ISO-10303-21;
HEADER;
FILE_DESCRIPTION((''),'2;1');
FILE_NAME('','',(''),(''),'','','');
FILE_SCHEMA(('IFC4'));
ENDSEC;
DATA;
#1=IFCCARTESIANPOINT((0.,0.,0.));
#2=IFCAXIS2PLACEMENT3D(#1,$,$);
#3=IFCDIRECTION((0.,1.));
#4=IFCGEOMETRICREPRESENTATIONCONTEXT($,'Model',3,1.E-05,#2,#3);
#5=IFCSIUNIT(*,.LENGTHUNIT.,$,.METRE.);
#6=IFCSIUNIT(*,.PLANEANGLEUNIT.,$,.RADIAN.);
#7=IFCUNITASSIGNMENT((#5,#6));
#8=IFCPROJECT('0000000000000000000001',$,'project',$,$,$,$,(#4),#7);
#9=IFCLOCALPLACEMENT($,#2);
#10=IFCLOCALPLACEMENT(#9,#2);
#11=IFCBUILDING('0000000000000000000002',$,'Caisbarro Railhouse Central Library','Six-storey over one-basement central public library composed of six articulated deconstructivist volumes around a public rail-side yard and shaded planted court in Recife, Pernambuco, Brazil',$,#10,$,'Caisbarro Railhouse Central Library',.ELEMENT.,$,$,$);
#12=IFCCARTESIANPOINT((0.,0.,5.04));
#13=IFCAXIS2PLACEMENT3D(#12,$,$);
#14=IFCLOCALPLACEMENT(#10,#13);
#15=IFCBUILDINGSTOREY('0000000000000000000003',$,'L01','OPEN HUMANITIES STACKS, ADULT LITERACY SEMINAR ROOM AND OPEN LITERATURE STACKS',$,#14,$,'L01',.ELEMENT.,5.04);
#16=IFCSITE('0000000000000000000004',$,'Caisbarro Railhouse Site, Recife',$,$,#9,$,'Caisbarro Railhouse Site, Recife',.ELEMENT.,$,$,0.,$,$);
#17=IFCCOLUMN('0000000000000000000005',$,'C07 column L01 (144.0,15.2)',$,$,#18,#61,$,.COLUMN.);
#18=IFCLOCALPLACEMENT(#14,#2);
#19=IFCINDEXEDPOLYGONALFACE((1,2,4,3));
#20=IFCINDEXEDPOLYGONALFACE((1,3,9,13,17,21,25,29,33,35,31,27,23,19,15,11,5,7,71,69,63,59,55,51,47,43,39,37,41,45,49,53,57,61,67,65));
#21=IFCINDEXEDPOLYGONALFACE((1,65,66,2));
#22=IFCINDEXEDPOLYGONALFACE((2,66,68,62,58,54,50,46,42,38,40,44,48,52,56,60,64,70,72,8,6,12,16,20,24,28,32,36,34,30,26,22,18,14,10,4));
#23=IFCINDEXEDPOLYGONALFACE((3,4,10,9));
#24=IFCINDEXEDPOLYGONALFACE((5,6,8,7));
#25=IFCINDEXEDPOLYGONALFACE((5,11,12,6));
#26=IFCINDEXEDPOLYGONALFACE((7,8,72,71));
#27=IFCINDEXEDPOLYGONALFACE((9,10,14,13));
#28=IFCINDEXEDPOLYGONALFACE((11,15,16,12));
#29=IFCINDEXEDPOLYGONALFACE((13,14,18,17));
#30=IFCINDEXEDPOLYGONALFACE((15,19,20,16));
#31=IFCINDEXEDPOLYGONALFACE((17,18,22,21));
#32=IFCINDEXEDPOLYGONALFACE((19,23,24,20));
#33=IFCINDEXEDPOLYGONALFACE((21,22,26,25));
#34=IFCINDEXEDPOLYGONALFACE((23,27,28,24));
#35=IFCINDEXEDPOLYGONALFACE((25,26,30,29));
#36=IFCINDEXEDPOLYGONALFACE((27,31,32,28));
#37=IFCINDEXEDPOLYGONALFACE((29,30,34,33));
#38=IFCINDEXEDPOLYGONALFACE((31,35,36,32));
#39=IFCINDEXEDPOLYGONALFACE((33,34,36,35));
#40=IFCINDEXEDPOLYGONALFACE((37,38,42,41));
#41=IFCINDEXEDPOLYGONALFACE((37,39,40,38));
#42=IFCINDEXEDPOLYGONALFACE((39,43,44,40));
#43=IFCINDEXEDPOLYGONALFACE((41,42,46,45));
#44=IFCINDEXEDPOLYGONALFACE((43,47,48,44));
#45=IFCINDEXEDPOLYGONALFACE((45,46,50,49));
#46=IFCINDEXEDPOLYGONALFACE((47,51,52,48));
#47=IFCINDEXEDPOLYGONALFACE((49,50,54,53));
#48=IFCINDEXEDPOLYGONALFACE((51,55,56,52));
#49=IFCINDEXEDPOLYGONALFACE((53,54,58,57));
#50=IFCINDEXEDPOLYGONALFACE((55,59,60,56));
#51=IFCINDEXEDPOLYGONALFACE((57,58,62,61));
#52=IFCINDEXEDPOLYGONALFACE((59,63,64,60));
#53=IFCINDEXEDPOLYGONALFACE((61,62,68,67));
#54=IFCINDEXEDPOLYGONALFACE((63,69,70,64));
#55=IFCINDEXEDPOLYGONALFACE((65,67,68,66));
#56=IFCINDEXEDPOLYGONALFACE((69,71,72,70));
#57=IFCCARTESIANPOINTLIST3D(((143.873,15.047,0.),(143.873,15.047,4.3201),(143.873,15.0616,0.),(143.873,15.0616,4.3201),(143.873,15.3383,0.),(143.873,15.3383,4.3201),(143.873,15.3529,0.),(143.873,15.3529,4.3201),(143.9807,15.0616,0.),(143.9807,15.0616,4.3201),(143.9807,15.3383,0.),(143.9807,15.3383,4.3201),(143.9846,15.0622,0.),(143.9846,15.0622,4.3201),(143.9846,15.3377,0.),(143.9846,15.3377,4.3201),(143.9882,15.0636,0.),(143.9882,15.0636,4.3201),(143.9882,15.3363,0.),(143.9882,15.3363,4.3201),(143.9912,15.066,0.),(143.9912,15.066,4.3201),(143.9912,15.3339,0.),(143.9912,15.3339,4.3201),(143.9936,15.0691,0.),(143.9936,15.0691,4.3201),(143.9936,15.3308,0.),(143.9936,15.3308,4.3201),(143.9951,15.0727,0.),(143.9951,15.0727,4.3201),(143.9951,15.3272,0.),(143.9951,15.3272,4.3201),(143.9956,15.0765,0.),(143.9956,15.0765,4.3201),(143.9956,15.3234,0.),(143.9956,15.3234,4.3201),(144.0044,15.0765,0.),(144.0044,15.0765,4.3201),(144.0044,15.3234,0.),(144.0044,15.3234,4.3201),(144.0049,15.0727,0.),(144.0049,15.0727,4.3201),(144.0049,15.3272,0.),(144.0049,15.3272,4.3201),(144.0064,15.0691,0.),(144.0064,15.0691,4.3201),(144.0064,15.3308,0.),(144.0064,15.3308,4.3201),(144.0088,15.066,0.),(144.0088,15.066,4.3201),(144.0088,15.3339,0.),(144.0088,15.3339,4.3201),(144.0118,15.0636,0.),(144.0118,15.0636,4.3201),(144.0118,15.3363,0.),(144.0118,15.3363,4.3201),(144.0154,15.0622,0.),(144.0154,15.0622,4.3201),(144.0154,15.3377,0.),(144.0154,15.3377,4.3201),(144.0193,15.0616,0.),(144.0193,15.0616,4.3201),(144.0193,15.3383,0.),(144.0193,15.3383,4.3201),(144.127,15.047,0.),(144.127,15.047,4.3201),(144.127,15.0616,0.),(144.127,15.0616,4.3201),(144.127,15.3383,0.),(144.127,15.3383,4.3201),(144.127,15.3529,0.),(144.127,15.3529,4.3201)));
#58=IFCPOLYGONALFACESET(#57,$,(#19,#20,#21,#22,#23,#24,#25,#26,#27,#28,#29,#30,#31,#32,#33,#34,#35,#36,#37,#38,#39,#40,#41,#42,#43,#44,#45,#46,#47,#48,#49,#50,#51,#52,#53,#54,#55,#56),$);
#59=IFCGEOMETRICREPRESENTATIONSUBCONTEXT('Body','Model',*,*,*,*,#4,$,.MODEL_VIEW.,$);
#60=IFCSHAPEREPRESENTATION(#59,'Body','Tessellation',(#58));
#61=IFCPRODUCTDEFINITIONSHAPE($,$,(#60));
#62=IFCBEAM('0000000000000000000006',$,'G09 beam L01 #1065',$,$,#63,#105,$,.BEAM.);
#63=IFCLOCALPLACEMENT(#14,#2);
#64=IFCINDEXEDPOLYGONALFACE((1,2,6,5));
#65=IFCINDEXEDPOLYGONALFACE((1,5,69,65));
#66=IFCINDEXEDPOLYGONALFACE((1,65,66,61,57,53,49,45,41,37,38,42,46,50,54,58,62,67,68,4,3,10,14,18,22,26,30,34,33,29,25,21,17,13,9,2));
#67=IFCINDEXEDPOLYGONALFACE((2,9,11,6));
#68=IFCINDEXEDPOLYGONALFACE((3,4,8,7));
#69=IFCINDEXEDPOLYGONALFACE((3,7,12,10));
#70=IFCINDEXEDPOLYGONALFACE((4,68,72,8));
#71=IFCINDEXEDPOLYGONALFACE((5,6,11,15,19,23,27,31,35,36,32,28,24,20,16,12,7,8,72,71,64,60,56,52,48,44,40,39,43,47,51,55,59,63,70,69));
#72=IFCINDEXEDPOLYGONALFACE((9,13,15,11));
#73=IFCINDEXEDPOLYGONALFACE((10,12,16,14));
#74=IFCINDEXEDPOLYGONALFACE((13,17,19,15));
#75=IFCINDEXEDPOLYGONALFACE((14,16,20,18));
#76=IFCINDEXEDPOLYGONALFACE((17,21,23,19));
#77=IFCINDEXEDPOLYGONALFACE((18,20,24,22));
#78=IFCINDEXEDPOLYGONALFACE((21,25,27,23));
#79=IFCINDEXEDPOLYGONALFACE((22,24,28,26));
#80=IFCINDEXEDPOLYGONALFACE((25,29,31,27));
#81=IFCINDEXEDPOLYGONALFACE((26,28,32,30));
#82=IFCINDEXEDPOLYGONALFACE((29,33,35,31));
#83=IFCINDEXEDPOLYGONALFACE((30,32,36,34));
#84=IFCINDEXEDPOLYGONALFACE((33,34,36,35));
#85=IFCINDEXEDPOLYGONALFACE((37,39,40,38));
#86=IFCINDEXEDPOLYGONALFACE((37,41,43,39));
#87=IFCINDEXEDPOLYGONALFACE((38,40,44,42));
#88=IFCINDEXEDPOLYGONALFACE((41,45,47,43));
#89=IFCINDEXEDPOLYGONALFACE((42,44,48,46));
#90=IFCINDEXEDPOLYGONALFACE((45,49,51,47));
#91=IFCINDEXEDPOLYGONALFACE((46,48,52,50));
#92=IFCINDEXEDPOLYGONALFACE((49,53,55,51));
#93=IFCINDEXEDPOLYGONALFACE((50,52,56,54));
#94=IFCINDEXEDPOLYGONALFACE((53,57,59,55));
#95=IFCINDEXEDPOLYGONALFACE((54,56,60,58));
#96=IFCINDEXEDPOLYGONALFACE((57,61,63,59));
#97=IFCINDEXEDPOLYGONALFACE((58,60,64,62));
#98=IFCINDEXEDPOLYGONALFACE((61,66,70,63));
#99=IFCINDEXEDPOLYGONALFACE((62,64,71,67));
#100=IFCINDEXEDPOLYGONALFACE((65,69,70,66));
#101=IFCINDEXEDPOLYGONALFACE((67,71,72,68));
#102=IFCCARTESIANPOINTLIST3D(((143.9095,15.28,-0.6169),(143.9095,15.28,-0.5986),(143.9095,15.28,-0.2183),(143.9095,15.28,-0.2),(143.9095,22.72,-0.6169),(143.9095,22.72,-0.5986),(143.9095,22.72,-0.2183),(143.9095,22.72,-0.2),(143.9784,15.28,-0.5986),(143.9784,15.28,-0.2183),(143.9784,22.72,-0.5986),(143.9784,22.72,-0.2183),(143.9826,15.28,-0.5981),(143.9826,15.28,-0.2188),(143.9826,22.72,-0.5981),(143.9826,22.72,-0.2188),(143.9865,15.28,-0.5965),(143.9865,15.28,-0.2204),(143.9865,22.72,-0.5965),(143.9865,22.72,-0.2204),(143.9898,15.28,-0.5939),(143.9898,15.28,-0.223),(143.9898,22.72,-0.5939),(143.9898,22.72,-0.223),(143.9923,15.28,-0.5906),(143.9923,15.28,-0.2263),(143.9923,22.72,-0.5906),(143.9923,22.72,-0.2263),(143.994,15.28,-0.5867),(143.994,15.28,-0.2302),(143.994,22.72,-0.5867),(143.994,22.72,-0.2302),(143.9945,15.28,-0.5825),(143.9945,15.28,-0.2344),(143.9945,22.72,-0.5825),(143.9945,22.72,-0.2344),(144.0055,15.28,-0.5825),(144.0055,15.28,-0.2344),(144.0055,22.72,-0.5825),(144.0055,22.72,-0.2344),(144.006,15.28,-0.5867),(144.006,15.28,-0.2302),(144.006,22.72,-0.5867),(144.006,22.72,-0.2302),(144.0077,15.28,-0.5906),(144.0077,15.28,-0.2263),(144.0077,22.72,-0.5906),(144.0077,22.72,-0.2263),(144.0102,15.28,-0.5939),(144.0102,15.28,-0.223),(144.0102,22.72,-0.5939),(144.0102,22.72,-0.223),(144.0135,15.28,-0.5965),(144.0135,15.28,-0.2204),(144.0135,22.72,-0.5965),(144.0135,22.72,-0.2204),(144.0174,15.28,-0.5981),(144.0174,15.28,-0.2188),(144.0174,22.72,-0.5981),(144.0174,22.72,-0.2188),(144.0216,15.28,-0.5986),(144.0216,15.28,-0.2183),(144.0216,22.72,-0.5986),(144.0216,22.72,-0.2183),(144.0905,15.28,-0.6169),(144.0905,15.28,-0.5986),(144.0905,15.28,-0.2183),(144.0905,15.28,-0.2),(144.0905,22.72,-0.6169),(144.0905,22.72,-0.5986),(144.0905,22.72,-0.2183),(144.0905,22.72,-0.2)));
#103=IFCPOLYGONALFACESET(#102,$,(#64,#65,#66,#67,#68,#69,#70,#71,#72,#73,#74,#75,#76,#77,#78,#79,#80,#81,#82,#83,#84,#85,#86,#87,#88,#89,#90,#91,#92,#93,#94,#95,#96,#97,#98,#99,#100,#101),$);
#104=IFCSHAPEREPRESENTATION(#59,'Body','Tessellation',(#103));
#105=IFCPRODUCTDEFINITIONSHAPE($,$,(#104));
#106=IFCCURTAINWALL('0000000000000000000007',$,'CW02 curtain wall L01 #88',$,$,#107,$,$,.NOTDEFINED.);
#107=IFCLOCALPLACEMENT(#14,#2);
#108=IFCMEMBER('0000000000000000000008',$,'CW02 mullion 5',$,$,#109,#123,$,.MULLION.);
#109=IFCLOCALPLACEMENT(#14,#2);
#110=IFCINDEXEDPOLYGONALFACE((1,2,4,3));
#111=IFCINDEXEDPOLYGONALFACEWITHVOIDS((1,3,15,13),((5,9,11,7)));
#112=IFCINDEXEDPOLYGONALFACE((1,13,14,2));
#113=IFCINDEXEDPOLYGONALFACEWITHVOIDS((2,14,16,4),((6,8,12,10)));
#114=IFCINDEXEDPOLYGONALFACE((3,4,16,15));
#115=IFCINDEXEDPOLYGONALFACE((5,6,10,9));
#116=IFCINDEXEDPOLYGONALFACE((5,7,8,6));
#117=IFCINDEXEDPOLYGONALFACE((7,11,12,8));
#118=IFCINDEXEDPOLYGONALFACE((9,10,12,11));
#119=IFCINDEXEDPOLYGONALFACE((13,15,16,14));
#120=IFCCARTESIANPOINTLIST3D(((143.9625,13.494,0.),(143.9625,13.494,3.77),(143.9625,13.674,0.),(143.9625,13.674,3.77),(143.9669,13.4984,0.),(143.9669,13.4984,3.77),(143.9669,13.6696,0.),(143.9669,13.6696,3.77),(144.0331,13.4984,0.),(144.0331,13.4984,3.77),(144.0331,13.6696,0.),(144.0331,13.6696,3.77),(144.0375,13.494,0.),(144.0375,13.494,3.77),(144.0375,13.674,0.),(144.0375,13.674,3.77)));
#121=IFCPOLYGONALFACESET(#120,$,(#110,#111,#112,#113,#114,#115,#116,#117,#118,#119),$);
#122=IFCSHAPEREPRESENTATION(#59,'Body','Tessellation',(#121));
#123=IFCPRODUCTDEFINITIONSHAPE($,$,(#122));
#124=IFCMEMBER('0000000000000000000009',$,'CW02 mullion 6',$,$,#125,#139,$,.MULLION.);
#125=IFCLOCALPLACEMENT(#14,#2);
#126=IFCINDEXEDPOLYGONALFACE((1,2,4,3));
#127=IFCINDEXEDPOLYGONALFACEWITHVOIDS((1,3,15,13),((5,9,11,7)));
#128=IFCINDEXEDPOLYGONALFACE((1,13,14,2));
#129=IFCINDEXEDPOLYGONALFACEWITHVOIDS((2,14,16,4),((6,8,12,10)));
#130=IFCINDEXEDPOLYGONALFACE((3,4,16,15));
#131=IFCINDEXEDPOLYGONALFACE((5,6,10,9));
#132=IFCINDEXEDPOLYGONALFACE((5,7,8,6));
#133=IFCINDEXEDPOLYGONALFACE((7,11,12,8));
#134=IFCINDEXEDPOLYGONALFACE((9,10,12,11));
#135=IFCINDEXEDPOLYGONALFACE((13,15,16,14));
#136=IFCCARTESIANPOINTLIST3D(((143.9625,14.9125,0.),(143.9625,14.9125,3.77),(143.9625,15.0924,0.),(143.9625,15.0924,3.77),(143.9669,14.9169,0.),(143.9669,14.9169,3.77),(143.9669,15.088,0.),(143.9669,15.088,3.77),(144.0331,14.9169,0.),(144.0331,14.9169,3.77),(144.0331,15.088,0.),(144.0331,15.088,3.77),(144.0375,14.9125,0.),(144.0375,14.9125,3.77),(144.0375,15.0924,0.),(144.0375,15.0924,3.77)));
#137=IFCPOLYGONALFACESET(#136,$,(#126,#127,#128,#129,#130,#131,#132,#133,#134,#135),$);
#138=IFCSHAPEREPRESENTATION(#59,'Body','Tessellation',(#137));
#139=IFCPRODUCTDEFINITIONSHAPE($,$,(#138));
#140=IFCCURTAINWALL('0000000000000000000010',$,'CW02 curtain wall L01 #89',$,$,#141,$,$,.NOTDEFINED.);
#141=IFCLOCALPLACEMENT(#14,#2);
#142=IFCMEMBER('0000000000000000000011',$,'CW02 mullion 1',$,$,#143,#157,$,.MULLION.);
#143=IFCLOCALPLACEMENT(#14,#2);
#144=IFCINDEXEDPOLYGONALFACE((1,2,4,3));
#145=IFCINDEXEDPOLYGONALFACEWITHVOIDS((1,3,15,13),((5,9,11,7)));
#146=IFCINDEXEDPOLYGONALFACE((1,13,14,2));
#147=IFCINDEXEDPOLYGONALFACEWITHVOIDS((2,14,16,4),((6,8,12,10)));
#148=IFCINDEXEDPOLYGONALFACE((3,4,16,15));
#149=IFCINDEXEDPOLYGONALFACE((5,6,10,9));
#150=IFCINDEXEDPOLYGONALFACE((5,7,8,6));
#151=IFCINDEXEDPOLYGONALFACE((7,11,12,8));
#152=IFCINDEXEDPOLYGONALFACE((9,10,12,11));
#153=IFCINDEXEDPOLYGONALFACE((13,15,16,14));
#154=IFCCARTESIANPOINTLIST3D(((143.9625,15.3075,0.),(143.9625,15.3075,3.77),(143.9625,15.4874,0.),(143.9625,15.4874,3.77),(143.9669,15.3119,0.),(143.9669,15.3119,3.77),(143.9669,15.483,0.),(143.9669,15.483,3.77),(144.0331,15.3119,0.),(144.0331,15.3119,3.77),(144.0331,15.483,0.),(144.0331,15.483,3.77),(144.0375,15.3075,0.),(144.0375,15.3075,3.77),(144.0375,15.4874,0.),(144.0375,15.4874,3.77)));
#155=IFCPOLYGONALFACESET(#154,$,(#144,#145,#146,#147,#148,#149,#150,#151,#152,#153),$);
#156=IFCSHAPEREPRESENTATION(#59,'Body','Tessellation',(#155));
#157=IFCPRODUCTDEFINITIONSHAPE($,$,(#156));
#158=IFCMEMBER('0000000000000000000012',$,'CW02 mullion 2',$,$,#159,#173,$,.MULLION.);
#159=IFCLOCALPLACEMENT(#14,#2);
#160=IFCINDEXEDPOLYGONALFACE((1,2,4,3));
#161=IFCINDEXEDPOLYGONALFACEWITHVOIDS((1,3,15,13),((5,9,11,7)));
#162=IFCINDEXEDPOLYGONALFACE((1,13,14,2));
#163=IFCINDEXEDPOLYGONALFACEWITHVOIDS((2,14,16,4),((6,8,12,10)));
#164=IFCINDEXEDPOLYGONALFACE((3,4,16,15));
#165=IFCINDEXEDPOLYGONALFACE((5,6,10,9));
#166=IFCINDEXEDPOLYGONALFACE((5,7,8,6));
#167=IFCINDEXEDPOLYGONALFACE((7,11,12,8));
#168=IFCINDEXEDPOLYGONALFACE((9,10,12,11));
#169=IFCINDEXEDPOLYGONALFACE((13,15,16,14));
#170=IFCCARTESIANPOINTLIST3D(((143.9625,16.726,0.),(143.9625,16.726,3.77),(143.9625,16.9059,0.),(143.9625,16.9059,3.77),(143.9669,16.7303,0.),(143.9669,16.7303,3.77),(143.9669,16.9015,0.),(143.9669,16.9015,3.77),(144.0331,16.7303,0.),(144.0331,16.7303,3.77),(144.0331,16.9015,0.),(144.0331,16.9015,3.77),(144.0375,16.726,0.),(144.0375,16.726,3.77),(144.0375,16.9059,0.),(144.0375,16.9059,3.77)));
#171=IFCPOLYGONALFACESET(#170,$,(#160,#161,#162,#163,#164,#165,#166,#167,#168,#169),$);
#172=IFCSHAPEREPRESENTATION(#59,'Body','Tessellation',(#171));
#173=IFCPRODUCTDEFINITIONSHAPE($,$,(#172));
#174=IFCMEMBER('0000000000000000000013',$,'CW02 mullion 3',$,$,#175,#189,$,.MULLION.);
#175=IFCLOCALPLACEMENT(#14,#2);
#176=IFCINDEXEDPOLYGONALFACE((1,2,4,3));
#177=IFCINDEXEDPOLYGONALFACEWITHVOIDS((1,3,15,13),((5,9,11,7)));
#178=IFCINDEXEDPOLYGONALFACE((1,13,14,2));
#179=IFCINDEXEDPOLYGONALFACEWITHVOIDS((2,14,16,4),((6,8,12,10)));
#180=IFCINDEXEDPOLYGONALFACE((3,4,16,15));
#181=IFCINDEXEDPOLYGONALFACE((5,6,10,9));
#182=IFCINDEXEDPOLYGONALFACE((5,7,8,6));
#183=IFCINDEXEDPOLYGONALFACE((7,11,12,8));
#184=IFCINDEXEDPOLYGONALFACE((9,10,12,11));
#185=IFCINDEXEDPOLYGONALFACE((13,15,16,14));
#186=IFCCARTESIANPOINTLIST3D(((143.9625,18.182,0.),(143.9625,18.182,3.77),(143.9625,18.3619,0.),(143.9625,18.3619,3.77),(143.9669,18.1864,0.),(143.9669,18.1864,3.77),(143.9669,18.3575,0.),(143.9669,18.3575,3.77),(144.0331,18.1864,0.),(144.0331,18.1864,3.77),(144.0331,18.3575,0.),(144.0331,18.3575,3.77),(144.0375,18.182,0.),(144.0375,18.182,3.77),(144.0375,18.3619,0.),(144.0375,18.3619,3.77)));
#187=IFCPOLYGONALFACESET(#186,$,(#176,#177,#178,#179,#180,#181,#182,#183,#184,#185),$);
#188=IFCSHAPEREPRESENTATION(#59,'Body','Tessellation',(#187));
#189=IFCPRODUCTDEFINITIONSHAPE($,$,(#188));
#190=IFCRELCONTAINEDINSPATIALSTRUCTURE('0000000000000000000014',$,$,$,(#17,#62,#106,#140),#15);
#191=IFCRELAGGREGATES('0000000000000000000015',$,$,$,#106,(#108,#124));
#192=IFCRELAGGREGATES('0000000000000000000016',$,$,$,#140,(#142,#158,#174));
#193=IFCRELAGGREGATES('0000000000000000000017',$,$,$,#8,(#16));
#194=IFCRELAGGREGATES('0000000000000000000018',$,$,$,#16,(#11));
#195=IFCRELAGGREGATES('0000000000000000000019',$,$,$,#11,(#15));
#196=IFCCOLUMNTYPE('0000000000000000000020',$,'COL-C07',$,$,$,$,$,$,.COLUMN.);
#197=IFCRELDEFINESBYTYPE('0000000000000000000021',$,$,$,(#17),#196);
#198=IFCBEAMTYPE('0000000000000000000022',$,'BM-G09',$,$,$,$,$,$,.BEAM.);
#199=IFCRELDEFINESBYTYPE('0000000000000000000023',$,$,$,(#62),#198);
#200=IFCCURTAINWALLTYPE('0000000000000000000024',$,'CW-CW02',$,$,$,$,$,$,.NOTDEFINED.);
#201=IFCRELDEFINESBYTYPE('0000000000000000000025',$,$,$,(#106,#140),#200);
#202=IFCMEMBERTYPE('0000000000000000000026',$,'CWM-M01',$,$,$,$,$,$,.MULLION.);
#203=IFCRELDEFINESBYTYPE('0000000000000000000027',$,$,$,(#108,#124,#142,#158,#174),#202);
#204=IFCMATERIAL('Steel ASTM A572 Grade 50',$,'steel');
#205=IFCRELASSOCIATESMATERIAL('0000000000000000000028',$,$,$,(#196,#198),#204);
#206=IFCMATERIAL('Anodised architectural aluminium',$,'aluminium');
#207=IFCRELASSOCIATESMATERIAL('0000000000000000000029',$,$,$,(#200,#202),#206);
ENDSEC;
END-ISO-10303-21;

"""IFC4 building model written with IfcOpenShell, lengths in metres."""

from ifc_helpers import new_model, si_unit, direction, frame, origin, origin_2d, place, context, subcontext, project, spatial, hollow_rectangle, i_section, extrude, material, material_profile, profile_set, type_object, element, aggregate, save


model = new_model("IFC4")

# Units and contexts
model_context = context("Model", 3, precision=1e-05, world=origin(), true_north=direction((0.0, 1.0)))
body_context = subcontext(model_context, "Body", "Model", "MODEL_VIEW")
ifc_project = project(units=[si_unit("LENGTHUNIT", "METRE"), si_unit("PLANEANGLEUNIT", "RADIAN")], contexts=[model_context])

# Site, building, storey
site_placement = place(None, origin())
site = spatial("IfcSite", under=ifc_project, at=site_placement, Name="Caisbarro Railhouse Site, Recife", LongName="Caisbarro Railhouse Site, Recife", CompositionType="ELEMENT", RefElevation=0.0)
building_placement = place(site_placement, origin())
building = spatial("IfcBuilding", under=site, at=building_placement, Name="Caisbarro Railhouse Central Library", Description="Six-storey over one-basement central public library composed of six articulated deconstructivist volumes around a public rail-side yard and shaded planted court in Recife, Pernambuco, Brazil", LongName="Caisbarro Railhouse Central Library", CompositionType="ELEMENT")
storey_placement = place(building_placement, frame((0.0, 0.0, 5.04)))
storey = spatial("IfcBuildingStorey", under=building, at=storey_placement, Name="L01", Description="OPEN HUMANITIES STACKS, ADULT LITERACY SEMINAR ROOM AND OPEN LITERATURE STACKS", LongName="L01", CompositionType="ELEMENT", Elevation=5.04)

# Column
ifc_material_1 = material(Name="Steel ASTM A572 Grade 50", Category="steel")
ifc_material_profile_1 = material_profile(ifc_material_1, i_section(OverallWidth=0.2539, OverallDepth=0.3059, WebThickness=0.0088, FlangeThickness=0.0146, FilletRadius=0.0149, at=origin_2d()), Name="W310X79.0")
ifc_profile_set_1 = profile_set([ifc_material_profile_1], Name="Steel ASTM A572 Grade 50")
column_type = type_object("IfcColumnType", Name="COL-C07", PredefinedType="COLUMN", material=ifc_profile_set_1)
column_placement = place(storey_placement, frame((144.0, 15.2, 0.0), z_axis=(0.0, 0.0, 1.0), x_axis=(1.0, 0.0, 0.0)))
element("IfcColumn", 1, at=column_placement, inside=storey, type_object=column_type, Name="C07 column L01 (144.0,15.2)", PredefinedType="COLUMN", context=body_context, shape_type="SweptSolid", body=[
    extrude(i_section(OverallWidth=0.2539, OverallDepth=0.3059, WebThickness=0.0088, FlangeThickness=0.0146, FilletRadius=0.0149, at=origin_2d()), origin(), (0.0, 0.0, 1.0), 4.3201),
])

# Beam
ifc_material_profile_2 = material_profile(ifc_material_1, i_section(OverallWidth=0.1809, OverallDepth=0.417, WebThickness=0.011, FlangeThickness=0.0183, FilletRadius=0.0161, at=origin_2d()), Name="W410X85.0")
ifc_profile_set_2 = profile_set([ifc_material_profile_2], Name="Steel ASTM A572 Grade 50")
beam_type = type_object("IfcBeamType", Name="BM-G09", PredefinedType="BEAM", material=ifc_profile_set_2)
beam_placement = place(storey_placement, frame((144.0, 15.28, -0.4084), z_axis=(0.0, 1.0, 0.0), x_axis=(-1.0, 0.0, 0.0)))
element("IfcBeam", 2, at=beam_placement, inside=storey, type_object=beam_type, Name="G09 beam L01 #1065", PredefinedType="BEAM", context=body_context, shape_type="SweptSolid", body=[
    extrude(i_section(OverallWidth=0.1809, OverallDepth=0.417, WebThickness=0.011, FlangeThickness=0.0183, FilletRadius=0.0161, at=origin_2d()), origin(), (0.0, 0.0, 1.0), 7.4399),
])

# Curtain walls, members
ifc_material_2 = material(Name="Anodised architectural aluminium", Category="aluminium")
curtain_wall_type = type_object("IfcCurtainWallType", Name="CW-CW02", PredefinedType="NOTDEFINED", material=ifc_material_2)
curtain_wall_1_placement = place(storey_placement, origin())
curtain_wall_1 = element("IfcCurtainWall", 3, at=curtain_wall_1_placement, inside=storey, type_object=curtain_wall_type, Name="CW02 curtain wall L01 #88", PredefinedType="NOTDEFINED")
ifc_material_profile_3 = material_profile(ifc_material_2, hollow_rectangle(XDim=0.075, YDim=0.1799, WallThickness=0.0044, at=origin_2d()), Name="ALU-MUL-75X180")
ifc_profile_set_3 = profile_set([ifc_material_profile_3], Name="Anodised architectural aluminium")
member_type_1 = type_object("IfcMemberType", Name="CWM-M01", PredefinedType="MULLION", material=ifc_profile_set_3)
member_1_placement = place(storey_placement, frame((144.0, 13.584, 0.0), z_axis=(0.0, 0.0, 1.0), x_axis=(-1.0, 0.0, 0.0)))
member_1 = element("IfcMember", 4, at=member_1_placement, type_object=member_type_1, Name="CW02 mullion 5", PredefinedType="MULLION", context=body_context, shape_type="SweptSolid", body=[
    extrude(hollow_rectangle(XDim=0.075, YDim=0.1799, WallThickness=0.0044, at=origin_2d()), origin(), (0.0, 0.0, 1.0), 3.77),
])
member_2_placement = place(storey_placement, frame((144.0, 15.0024, 0.0), z_axis=(0.0, 0.0, 1.0), x_axis=(-1.0, 0.0, 0.0)))
member_2 = element("IfcMember", 5, at=member_2_placement, type_object=member_type_1, Name="CW02 mullion 6", PredefinedType="MULLION", context=body_context, shape_type="SweptSolid", body=[
    extrude(hollow_rectangle(XDim=0.075, YDim=0.1799, WallThickness=0.0044, at=origin_2d()), origin(), (0.0, 0.0, 1.0), 3.77),
])
curtain_wall_2_placement = place(storey_placement, origin())
curtain_wall_2 = element("IfcCurtainWall", 6, at=curtain_wall_2_placement, inside=storey, type_object=curtain_wall_type, Name="CW02 curtain wall L01 #89", PredefinedType="NOTDEFINED")
member_3_placement = place(storey_placement, frame((144.0, 15.3975, 0.0), z_axis=(0.0, 0.0, 1.0), x_axis=(-1.0, 0.0, 0.0)))
member_3 = element("IfcMember", 7, at=member_3_placement, type_object=member_type_1, Name="CW02 mullion 1", PredefinedType="MULLION", context=body_context, shape_type="SweptSolid", body=[
    extrude(hollow_rectangle(XDim=0.075, YDim=0.1799, WallThickness=0.0044, at=origin_2d()), origin(), (0.0, 0.0, 1.0), 3.77),
])
member_4_placement = place(storey_placement, frame((144.0, 16.8159, 0.0), z_axis=(0.0, 0.0, 1.0), x_axis=(-1.0, 0.0, 0.0)))
member_4 = element("IfcMember", 8, at=member_4_placement, type_object=member_type_1, Name="CW02 mullion 2", PredefinedType="MULLION", context=body_context, shape_type="SweptSolid", body=[
    extrude(hollow_rectangle(XDim=0.075, YDim=0.1799, WallThickness=0.0044, at=origin_2d()), origin(), (0.0, 0.0, 1.0), 3.77),
])
member_5_placement = place(storey_placement, frame((144.0, 18.272, 0.0), z_axis=(0.0, 0.0, 1.0), x_axis=(-1.0, 0.0, 0.0)))
member_5 = element("IfcMember", 9, at=member_5_placement, type_object=member_type_1, Name="CW02 mullion 3", PredefinedType="MULLION", context=body_context, shape_type="SweptSolid", body=[
    extrude(hollow_rectangle(XDim=0.075, YDim=0.1799, WallThickness=0.0044, at=origin_2d()), origin(), (0.0, 0.0, 1.0), 3.77),
])

aggregate(curtain_wall_1, [member_1, member_2])
aggregate(curtain_wall_2, [member_3, member_4, member_5])

save(model, "model.ifc")
